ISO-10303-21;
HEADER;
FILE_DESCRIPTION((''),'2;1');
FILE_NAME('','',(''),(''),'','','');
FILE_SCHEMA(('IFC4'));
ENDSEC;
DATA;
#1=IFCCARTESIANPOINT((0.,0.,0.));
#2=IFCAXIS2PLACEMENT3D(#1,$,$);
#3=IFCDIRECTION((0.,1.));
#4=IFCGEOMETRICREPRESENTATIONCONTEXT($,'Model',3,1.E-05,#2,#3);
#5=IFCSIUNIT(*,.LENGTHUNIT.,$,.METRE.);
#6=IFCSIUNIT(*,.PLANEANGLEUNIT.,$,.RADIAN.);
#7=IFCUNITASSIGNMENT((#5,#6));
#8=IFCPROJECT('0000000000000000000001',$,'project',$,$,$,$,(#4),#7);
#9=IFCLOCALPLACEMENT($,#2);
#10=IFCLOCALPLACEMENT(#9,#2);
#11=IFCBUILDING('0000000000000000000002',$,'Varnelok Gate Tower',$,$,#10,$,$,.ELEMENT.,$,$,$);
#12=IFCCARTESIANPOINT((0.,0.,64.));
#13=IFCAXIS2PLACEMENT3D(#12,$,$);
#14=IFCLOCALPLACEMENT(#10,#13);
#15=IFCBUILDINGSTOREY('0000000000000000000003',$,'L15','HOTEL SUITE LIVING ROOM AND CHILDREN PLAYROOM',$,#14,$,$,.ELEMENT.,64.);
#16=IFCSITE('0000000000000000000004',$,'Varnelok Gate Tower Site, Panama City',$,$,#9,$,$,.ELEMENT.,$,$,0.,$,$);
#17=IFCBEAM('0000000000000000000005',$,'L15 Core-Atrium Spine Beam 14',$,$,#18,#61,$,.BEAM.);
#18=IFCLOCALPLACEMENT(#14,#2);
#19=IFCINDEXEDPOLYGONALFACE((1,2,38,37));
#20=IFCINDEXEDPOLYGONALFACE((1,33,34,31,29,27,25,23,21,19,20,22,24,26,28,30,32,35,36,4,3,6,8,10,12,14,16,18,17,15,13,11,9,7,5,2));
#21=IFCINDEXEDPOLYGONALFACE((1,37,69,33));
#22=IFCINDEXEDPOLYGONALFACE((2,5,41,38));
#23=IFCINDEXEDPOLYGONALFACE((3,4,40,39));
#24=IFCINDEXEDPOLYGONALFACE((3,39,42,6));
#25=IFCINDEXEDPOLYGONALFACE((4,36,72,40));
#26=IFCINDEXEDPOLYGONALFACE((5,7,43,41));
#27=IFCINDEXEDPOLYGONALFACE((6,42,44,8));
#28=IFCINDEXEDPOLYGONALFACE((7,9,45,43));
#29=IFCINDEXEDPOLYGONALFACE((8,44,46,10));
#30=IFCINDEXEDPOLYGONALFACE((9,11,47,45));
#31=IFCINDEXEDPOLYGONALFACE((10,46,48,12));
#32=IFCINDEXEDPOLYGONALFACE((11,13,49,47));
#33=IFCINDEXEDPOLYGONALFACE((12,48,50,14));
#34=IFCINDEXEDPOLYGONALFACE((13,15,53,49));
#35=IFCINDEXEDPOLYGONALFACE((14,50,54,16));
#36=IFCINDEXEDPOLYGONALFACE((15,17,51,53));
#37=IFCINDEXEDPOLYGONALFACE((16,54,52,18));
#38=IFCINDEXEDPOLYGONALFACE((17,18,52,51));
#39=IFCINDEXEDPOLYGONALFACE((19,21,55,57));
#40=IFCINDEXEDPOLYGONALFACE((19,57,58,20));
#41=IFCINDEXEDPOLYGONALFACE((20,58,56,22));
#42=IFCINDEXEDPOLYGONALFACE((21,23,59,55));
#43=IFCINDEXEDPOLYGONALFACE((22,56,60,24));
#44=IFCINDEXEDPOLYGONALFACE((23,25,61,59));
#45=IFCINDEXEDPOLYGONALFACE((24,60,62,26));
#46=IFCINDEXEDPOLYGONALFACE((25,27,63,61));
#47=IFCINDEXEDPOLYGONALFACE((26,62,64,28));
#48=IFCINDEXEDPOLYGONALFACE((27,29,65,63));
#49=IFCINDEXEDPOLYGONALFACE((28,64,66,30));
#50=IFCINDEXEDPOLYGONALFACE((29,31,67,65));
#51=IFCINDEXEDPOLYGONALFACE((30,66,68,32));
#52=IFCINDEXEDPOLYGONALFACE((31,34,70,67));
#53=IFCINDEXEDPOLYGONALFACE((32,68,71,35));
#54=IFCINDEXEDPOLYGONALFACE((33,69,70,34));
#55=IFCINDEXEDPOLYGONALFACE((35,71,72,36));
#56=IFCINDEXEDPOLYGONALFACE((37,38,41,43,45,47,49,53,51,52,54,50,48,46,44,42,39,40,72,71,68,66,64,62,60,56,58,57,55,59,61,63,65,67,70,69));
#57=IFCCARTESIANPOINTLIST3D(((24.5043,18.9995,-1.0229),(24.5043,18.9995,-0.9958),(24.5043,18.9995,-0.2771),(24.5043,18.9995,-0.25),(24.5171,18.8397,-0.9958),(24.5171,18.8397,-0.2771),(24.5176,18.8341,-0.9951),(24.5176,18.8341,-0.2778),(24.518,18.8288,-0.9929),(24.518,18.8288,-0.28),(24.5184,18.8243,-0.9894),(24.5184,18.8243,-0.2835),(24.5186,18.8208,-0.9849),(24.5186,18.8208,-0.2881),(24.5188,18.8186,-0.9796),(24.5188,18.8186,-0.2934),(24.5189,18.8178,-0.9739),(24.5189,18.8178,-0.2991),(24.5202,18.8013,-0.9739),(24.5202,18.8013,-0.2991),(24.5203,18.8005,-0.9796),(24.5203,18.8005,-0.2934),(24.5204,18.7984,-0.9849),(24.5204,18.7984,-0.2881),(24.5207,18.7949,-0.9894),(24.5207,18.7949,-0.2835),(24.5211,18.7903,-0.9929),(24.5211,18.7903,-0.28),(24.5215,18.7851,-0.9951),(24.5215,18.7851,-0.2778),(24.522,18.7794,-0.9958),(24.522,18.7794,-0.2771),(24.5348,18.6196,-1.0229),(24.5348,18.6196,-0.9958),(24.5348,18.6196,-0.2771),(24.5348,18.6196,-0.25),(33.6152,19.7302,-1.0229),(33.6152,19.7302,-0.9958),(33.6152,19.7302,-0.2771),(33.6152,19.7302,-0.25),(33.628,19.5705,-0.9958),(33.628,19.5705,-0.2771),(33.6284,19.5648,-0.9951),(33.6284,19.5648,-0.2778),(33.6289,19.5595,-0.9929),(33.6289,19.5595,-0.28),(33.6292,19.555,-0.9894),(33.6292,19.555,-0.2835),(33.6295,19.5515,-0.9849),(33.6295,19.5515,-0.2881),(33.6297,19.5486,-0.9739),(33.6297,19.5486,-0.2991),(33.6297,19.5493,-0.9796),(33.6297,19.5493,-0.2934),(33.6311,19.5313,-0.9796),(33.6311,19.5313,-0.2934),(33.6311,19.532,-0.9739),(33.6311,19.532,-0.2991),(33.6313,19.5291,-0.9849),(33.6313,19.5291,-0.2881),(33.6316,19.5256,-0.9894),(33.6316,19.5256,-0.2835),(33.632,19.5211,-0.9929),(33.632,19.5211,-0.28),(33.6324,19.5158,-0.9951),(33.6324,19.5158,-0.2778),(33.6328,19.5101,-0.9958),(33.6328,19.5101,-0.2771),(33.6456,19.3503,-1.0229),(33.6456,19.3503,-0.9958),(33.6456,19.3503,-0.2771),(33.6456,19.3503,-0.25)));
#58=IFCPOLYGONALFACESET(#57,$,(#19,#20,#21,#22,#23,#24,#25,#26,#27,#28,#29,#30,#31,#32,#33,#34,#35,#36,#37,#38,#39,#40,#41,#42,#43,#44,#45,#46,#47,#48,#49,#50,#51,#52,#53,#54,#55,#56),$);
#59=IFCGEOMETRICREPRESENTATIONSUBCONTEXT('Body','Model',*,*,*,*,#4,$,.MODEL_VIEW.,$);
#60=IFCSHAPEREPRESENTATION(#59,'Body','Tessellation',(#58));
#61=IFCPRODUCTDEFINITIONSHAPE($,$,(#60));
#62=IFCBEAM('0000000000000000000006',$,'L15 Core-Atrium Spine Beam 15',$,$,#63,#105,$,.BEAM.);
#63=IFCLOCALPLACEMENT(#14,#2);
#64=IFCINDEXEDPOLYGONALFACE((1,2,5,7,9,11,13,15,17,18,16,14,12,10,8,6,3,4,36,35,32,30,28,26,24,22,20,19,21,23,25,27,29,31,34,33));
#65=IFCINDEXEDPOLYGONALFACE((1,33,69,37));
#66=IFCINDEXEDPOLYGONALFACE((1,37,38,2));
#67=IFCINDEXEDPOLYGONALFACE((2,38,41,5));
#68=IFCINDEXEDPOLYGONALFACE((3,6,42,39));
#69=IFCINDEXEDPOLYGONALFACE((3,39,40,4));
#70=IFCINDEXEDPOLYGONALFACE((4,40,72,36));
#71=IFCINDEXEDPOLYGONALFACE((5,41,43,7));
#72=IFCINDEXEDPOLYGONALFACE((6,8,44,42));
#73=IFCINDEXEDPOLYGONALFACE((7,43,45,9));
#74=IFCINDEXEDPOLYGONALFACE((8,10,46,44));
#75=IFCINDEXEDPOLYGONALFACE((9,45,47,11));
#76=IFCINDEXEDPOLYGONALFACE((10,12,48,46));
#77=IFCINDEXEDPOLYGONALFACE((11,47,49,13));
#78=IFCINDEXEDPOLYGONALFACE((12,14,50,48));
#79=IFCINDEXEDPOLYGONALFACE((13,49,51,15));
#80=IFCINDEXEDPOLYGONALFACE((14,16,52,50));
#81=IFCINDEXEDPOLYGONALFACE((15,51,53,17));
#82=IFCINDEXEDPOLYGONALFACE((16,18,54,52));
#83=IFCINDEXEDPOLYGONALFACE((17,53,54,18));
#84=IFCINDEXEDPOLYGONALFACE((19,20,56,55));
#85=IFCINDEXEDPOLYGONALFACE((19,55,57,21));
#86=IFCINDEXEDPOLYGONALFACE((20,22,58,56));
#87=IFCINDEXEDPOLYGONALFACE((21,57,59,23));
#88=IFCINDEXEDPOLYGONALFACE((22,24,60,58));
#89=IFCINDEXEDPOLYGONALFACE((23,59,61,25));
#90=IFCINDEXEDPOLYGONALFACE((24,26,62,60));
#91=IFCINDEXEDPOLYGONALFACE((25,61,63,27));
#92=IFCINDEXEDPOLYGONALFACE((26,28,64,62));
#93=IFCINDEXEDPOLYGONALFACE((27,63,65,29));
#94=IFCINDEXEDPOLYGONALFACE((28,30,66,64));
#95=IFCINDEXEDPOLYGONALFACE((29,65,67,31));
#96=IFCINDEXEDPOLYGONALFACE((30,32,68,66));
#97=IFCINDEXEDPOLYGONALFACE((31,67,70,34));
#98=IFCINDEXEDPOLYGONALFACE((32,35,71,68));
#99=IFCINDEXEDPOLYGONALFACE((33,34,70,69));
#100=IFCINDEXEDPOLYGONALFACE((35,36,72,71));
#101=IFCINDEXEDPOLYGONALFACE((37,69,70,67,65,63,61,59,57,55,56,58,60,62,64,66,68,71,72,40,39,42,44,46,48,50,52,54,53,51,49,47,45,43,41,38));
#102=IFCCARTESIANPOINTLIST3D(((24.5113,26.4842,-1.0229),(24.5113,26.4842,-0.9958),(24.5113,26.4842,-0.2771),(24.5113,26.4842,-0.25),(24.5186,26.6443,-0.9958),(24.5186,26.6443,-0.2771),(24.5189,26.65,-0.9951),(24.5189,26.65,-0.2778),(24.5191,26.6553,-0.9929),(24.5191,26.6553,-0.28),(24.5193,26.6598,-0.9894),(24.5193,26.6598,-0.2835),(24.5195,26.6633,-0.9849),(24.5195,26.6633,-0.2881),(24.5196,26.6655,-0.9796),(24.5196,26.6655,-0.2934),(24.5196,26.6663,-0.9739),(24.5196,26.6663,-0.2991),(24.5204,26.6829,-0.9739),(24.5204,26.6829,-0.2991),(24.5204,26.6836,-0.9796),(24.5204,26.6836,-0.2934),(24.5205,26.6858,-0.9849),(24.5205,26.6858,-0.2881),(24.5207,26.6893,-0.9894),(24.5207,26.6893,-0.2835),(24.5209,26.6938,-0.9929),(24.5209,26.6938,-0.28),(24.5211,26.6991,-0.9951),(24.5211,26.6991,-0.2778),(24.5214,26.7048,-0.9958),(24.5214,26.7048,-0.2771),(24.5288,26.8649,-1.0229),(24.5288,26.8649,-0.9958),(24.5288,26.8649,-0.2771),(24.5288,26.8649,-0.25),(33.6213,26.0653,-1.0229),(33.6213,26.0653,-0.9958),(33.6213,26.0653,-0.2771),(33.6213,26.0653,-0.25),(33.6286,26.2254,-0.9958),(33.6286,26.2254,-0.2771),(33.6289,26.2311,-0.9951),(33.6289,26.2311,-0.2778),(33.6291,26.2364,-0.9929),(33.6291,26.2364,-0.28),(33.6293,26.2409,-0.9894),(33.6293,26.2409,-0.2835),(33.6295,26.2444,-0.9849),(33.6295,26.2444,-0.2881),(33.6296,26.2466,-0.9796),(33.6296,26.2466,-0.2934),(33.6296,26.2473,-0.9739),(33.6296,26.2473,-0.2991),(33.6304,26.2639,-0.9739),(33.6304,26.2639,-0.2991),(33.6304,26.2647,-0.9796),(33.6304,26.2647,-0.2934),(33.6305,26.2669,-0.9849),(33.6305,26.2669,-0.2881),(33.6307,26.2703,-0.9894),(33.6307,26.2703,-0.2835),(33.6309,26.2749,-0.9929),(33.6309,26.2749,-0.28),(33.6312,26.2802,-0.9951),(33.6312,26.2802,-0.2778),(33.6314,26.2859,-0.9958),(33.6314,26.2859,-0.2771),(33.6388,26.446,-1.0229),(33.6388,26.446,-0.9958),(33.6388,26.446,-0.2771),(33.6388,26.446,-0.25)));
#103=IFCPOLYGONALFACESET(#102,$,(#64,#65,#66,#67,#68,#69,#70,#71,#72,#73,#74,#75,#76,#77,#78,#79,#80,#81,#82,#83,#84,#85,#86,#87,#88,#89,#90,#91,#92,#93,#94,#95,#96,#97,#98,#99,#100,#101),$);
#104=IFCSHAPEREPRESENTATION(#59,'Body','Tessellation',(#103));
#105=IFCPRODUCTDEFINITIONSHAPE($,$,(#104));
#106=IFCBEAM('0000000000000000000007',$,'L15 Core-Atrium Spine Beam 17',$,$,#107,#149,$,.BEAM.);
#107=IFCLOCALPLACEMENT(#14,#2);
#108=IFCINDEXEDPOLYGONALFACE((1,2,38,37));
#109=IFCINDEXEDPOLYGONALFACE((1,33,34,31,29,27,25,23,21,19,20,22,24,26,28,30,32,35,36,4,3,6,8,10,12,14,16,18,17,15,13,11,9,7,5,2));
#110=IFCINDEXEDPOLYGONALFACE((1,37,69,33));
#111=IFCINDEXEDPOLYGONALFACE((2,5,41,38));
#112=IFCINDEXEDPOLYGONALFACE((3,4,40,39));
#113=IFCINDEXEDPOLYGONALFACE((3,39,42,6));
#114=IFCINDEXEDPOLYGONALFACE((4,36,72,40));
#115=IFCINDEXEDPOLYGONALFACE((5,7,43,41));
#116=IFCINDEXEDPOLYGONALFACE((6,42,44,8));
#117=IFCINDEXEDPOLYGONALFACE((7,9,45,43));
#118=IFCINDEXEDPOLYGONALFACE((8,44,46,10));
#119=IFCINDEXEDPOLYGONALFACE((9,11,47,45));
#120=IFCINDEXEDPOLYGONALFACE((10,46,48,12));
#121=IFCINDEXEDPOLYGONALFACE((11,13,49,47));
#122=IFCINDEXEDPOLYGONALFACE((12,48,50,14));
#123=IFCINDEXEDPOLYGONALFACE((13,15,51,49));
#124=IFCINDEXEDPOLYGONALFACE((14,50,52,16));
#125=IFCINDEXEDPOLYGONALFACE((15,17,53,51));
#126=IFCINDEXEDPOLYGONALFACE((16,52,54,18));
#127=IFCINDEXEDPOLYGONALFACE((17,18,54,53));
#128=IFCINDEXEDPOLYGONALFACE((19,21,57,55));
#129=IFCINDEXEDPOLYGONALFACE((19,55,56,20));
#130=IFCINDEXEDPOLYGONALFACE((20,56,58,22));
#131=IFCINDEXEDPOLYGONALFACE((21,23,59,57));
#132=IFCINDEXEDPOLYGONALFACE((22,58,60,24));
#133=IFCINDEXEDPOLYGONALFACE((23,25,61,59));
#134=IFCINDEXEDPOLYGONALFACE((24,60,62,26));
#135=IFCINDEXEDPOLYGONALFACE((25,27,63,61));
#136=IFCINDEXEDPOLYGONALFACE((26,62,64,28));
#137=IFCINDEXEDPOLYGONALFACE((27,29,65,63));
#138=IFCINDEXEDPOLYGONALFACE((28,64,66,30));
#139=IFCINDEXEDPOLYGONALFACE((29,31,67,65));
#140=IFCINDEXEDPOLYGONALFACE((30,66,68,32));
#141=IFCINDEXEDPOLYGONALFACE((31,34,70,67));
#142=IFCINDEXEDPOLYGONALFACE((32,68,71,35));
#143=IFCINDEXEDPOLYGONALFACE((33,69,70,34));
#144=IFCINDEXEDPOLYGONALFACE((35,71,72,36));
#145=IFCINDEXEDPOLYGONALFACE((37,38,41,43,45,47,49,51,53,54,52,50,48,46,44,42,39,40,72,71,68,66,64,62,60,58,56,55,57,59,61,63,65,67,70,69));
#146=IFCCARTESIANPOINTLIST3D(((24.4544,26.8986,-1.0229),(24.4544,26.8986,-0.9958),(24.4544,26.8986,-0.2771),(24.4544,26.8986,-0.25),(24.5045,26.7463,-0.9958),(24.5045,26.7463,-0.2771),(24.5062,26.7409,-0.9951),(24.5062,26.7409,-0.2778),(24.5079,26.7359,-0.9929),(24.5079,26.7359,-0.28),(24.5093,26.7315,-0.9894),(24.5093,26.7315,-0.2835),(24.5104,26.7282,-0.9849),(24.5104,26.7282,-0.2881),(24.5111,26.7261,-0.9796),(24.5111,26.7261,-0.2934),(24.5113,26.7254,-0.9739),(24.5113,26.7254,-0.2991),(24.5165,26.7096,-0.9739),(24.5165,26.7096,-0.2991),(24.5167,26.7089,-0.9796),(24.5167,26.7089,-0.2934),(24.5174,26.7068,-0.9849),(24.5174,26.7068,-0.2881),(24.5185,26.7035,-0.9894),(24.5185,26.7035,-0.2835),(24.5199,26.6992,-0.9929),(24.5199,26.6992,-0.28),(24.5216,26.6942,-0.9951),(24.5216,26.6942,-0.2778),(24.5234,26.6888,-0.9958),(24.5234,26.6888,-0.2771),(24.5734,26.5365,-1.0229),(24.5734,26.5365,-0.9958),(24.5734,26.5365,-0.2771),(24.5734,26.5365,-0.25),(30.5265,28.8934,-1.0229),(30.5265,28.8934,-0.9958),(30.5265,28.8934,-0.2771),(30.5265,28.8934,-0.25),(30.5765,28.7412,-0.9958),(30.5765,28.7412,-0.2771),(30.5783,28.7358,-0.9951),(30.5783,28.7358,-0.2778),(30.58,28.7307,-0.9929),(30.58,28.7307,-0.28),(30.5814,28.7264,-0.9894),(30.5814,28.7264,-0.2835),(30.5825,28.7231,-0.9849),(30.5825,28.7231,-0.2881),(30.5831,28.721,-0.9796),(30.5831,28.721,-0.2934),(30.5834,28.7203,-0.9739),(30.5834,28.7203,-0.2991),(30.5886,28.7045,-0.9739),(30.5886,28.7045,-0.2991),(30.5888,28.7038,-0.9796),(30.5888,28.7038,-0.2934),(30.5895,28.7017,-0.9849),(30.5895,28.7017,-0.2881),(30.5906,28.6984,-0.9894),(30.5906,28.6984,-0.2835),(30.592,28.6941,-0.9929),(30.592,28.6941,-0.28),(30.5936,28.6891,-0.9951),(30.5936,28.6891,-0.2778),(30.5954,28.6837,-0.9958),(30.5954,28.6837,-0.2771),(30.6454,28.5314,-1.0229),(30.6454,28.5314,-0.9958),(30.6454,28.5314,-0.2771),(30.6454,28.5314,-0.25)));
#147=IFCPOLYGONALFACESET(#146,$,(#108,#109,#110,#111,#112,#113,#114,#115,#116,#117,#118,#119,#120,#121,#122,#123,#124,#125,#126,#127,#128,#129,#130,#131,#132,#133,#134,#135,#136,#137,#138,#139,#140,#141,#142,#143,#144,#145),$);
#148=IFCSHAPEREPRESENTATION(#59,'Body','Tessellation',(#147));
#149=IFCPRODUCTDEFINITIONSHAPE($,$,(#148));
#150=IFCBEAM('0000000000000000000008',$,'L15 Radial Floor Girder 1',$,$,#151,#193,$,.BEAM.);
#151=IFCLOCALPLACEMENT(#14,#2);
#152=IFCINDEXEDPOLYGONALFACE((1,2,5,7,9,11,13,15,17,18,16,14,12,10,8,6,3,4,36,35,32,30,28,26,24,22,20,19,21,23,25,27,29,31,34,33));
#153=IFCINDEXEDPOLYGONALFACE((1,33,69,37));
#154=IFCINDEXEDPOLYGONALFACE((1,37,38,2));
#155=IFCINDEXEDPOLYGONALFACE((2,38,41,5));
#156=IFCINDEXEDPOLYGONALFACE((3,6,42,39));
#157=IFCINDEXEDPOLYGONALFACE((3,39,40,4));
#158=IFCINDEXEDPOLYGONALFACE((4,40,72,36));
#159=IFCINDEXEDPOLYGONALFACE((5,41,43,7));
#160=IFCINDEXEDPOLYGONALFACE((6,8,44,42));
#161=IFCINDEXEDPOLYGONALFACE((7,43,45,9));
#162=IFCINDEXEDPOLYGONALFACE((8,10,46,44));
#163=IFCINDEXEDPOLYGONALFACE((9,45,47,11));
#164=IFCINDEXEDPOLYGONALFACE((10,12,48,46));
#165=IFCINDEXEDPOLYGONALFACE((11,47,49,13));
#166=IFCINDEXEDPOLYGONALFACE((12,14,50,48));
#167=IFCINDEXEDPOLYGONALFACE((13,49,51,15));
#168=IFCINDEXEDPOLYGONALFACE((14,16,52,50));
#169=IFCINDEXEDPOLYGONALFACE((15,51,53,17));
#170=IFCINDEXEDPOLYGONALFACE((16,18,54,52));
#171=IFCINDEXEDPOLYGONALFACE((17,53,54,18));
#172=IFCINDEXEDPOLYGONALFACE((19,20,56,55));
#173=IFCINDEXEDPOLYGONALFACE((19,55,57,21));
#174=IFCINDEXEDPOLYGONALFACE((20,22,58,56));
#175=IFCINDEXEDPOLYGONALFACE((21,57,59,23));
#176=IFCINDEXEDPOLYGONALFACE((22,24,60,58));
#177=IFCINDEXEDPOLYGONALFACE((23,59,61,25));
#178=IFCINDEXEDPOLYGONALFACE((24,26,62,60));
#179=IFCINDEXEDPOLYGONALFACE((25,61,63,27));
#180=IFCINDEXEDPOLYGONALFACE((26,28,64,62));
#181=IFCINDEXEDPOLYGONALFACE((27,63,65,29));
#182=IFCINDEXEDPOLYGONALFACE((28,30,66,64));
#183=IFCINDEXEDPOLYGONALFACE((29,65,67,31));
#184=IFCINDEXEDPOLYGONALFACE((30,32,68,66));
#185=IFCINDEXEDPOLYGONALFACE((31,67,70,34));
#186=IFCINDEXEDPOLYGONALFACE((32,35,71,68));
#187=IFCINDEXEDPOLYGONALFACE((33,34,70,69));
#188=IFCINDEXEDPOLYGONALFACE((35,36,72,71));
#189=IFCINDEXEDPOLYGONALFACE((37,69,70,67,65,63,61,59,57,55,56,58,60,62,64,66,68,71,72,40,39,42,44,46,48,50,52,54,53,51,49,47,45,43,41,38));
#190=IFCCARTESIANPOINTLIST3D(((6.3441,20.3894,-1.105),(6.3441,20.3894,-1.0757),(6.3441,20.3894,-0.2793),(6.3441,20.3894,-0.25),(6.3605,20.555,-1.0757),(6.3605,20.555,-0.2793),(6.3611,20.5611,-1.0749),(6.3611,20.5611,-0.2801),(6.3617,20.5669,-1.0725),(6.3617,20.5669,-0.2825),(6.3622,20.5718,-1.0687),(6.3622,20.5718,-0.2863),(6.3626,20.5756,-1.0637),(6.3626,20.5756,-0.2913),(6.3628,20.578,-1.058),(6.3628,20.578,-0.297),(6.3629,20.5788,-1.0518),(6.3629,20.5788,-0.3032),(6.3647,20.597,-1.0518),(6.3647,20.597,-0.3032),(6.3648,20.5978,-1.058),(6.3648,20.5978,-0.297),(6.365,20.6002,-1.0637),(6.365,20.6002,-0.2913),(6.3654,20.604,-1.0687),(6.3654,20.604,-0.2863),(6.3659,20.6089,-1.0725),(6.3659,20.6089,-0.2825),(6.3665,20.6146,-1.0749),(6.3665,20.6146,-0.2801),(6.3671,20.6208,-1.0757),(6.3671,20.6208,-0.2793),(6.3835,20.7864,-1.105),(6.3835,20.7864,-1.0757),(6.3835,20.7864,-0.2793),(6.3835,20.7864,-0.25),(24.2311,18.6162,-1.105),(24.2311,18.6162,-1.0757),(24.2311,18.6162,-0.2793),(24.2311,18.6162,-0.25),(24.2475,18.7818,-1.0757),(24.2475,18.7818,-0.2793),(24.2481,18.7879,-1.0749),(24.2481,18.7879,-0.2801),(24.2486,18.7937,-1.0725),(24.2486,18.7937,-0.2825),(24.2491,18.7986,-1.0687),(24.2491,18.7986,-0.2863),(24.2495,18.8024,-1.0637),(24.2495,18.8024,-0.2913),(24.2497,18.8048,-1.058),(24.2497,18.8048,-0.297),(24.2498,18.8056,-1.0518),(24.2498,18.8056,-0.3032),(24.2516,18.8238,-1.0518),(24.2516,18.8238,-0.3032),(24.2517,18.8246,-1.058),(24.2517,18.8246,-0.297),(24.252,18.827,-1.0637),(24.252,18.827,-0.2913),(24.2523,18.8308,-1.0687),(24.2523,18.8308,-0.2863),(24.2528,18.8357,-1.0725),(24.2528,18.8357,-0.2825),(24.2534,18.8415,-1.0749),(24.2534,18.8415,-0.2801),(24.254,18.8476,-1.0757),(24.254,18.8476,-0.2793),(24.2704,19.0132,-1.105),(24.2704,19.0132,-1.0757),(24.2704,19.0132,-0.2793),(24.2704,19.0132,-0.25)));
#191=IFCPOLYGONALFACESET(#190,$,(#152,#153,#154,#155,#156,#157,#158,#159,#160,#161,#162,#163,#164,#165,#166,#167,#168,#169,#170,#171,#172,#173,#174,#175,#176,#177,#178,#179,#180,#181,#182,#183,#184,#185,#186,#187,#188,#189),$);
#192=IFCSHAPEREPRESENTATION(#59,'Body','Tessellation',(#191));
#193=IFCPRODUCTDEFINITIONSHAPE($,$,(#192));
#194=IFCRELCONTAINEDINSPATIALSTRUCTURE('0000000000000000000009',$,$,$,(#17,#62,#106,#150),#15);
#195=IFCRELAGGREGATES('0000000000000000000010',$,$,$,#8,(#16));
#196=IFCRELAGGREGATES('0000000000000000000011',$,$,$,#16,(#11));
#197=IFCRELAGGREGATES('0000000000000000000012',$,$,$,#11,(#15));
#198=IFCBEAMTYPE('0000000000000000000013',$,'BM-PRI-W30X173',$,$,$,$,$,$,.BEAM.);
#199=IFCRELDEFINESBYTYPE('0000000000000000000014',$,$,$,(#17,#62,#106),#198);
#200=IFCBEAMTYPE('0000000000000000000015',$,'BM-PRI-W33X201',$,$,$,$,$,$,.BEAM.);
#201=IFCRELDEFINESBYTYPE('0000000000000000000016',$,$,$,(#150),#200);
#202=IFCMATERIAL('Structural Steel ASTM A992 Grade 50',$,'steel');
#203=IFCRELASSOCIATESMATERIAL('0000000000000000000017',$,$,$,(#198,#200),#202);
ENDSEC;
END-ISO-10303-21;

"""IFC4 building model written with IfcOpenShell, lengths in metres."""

from ifc_helpers import new_model, si_unit, direction, frame, origin, origin_2d, place, context, subcontext, project, spatial, i_section, extrude, material, material_profile, profile_set, type_object, element, save


model = new_model("IFC4")

# Units and contexts
model_context = context("Model", 3, precision=1e-05, world=origin(), true_north=direction((0.0, 1.0)))
body_context = subcontext(model_context, "Body", "Model", "MODEL_VIEW")
ifc_project = project(units=[si_unit("LENGTHUNIT", "METRE"), si_unit("PLANEANGLEUNIT", "RADIAN")], contexts=[model_context])

# Site, building, storey
site_placement = place(None, origin())
site = spatial("IfcSite", under=ifc_project, at=site_placement, Name="Varnelok Gate Tower Site, Panama City", CompositionType="ELEMENT", RefElevation=0.0)
building_placement = place(site_placement, origin())
building = spatial("IfcBuilding", under=site, at=building_placement, Name="Varnelok Gate Tower", CompositionType="ELEMENT")
storey_placement = place(building_placement, frame((0.0, 0.0, 64.0)))
storey = spatial("IfcBuildingStorey", under=building, at=storey_placement, Name="L15", Description="HOTEL SUITE LIVING ROOM AND CHILDREN PLAYROOM", CompositionType="ELEMENT", Elevation=64.0)

# Shared definitions
ifc_material_1 = material(Name="Structural Steel ASTM A992 Grade 50", Category="steel")

# Beams
ifc_material_profile_1 = material_profile(ifc_material_1, i_section(OverallWidth=0.3811, OverallDepth=0.7729, WebThickness=0.0166, FlangeThickness=0.0271, FilletRadius=0.022, at=origin_2d()), Name="W30X173")
ifc_profile_set_1 = profile_set([ifc_material_profile_1], Name="Structural Steel ASTM A992 Grade 50")
beam_type_1 = type_object("IfcBeamType", Name="BM-PRI-W30X173", PredefinedType="BEAM", material=ifc_profile_set_1)
beam_1_placement = place(storey_placement, frame((24.5195, 18.8096, -0.6365), z_axis=(0.996799, 0.079946, 0.0), x_axis=(-0.079946, 0.996799, 0.0)))
element("IfcBeam", 1, at=beam_1_placement, inside=storey, type_object=beam_type_1, Name="L15 Core-Atrium Spine Beam 14", PredefinedType="BEAM", context=body_context, shape_type="SweptSolid", body=[
    extrude(i_section(OverallWidth=0.3811, OverallDepth=0.7729, WebThickness=0.0166, FlangeThickness=0.0271, FilletRadius=0.022, at=origin_2d()), origin(), (0.0, 0.0, 1.0), 9.1401),
])
beam_2_placement = place(storey_placement, frame((24.52, 26.6746, -0.6365), z_axis=(0.998944, -0.045938, 0.0), x_axis=(0.045938, 0.998944, 0.0)))
element("IfcBeam", 2, at=beam_2_placement, inside=storey, type_object=beam_type_1, Name="L15 Core-Atrium Spine Beam 15", PredefinedType="BEAM", context=body_context, shape_type="SweptSolid", body=[
    extrude(i_section(OverallWidth=0.3811, OverallDepth=0.7729, WebThickness=0.0166, FlangeThickness=0.0271, FilletRadius=0.022, at=origin_2d()), origin(), (0.0, 0.0, 1.0), 9.1196),
])
beam_3_placement = place(storey_placement, frame((24.5139, 26.7175, -0.6365), z_axis=(0.950042, 0.312122, 0.0), x_axis=(-0.312122, 0.950042, 0.0)))
element("IfcBeam", 3, at=beam_3_placement, inside=storey, type_object=beam_type_1, Name="L15 Core-Atrium Spine Beam 17", PredefinedType="BEAM", context=body_context, shape_type="SweptSolid", body=[
    extrude(i_section(OverallWidth=0.3811, OverallDepth=0.7729, WebThickness=0.0166, FlangeThickness=0.0271, FilletRadius=0.022, at=origin_2d()), origin(), (0.0, 0.0, 1.0), 6.3914),
])
ifc_material_profile_2 = material_profile(ifc_material_1, i_section(OverallWidth=0.3989, OverallDepth=0.855, WebThickness=0.0183, FlangeThickness=0.0293, FilletRadius=0.0239, at=origin_2d()), Name="W33X201")
ifc_profile_set_2 = profile_set([ifc_material_profile_2], Name="Structural Steel ASTM A992 Grade 50")
beam_type_2 = type_object("IfcBeamType", Name="BM-PRI-W33X201", PredefinedType="BEAM", material=ifc_profile_set_2)
beam_4_placement = place(storey_placement, frame((24.2507, 18.8147, -0.6775), z_axis=(-0.995122, 0.09865, 0.0), x_axis=(-0.09865, -0.995122, 0.0)))
element("IfcBeam", 4, at=beam_4_placement, inside=storey, type_object=beam_type_2, Name="L15 Radial Floor Girder 1", PredefinedType="BEAM", context=body_context, shape_type="SweptSolid", body=[
    extrude(i_section(OverallWidth=0.3989, OverallDepth=0.855, WebThickness=0.0183, FlangeThickness=0.0293, FilletRadius=0.0239, at=origin_2d()), origin(), (0.0, 0.0, 1.0), 17.9746),
])

save(model, "model.ifc")
